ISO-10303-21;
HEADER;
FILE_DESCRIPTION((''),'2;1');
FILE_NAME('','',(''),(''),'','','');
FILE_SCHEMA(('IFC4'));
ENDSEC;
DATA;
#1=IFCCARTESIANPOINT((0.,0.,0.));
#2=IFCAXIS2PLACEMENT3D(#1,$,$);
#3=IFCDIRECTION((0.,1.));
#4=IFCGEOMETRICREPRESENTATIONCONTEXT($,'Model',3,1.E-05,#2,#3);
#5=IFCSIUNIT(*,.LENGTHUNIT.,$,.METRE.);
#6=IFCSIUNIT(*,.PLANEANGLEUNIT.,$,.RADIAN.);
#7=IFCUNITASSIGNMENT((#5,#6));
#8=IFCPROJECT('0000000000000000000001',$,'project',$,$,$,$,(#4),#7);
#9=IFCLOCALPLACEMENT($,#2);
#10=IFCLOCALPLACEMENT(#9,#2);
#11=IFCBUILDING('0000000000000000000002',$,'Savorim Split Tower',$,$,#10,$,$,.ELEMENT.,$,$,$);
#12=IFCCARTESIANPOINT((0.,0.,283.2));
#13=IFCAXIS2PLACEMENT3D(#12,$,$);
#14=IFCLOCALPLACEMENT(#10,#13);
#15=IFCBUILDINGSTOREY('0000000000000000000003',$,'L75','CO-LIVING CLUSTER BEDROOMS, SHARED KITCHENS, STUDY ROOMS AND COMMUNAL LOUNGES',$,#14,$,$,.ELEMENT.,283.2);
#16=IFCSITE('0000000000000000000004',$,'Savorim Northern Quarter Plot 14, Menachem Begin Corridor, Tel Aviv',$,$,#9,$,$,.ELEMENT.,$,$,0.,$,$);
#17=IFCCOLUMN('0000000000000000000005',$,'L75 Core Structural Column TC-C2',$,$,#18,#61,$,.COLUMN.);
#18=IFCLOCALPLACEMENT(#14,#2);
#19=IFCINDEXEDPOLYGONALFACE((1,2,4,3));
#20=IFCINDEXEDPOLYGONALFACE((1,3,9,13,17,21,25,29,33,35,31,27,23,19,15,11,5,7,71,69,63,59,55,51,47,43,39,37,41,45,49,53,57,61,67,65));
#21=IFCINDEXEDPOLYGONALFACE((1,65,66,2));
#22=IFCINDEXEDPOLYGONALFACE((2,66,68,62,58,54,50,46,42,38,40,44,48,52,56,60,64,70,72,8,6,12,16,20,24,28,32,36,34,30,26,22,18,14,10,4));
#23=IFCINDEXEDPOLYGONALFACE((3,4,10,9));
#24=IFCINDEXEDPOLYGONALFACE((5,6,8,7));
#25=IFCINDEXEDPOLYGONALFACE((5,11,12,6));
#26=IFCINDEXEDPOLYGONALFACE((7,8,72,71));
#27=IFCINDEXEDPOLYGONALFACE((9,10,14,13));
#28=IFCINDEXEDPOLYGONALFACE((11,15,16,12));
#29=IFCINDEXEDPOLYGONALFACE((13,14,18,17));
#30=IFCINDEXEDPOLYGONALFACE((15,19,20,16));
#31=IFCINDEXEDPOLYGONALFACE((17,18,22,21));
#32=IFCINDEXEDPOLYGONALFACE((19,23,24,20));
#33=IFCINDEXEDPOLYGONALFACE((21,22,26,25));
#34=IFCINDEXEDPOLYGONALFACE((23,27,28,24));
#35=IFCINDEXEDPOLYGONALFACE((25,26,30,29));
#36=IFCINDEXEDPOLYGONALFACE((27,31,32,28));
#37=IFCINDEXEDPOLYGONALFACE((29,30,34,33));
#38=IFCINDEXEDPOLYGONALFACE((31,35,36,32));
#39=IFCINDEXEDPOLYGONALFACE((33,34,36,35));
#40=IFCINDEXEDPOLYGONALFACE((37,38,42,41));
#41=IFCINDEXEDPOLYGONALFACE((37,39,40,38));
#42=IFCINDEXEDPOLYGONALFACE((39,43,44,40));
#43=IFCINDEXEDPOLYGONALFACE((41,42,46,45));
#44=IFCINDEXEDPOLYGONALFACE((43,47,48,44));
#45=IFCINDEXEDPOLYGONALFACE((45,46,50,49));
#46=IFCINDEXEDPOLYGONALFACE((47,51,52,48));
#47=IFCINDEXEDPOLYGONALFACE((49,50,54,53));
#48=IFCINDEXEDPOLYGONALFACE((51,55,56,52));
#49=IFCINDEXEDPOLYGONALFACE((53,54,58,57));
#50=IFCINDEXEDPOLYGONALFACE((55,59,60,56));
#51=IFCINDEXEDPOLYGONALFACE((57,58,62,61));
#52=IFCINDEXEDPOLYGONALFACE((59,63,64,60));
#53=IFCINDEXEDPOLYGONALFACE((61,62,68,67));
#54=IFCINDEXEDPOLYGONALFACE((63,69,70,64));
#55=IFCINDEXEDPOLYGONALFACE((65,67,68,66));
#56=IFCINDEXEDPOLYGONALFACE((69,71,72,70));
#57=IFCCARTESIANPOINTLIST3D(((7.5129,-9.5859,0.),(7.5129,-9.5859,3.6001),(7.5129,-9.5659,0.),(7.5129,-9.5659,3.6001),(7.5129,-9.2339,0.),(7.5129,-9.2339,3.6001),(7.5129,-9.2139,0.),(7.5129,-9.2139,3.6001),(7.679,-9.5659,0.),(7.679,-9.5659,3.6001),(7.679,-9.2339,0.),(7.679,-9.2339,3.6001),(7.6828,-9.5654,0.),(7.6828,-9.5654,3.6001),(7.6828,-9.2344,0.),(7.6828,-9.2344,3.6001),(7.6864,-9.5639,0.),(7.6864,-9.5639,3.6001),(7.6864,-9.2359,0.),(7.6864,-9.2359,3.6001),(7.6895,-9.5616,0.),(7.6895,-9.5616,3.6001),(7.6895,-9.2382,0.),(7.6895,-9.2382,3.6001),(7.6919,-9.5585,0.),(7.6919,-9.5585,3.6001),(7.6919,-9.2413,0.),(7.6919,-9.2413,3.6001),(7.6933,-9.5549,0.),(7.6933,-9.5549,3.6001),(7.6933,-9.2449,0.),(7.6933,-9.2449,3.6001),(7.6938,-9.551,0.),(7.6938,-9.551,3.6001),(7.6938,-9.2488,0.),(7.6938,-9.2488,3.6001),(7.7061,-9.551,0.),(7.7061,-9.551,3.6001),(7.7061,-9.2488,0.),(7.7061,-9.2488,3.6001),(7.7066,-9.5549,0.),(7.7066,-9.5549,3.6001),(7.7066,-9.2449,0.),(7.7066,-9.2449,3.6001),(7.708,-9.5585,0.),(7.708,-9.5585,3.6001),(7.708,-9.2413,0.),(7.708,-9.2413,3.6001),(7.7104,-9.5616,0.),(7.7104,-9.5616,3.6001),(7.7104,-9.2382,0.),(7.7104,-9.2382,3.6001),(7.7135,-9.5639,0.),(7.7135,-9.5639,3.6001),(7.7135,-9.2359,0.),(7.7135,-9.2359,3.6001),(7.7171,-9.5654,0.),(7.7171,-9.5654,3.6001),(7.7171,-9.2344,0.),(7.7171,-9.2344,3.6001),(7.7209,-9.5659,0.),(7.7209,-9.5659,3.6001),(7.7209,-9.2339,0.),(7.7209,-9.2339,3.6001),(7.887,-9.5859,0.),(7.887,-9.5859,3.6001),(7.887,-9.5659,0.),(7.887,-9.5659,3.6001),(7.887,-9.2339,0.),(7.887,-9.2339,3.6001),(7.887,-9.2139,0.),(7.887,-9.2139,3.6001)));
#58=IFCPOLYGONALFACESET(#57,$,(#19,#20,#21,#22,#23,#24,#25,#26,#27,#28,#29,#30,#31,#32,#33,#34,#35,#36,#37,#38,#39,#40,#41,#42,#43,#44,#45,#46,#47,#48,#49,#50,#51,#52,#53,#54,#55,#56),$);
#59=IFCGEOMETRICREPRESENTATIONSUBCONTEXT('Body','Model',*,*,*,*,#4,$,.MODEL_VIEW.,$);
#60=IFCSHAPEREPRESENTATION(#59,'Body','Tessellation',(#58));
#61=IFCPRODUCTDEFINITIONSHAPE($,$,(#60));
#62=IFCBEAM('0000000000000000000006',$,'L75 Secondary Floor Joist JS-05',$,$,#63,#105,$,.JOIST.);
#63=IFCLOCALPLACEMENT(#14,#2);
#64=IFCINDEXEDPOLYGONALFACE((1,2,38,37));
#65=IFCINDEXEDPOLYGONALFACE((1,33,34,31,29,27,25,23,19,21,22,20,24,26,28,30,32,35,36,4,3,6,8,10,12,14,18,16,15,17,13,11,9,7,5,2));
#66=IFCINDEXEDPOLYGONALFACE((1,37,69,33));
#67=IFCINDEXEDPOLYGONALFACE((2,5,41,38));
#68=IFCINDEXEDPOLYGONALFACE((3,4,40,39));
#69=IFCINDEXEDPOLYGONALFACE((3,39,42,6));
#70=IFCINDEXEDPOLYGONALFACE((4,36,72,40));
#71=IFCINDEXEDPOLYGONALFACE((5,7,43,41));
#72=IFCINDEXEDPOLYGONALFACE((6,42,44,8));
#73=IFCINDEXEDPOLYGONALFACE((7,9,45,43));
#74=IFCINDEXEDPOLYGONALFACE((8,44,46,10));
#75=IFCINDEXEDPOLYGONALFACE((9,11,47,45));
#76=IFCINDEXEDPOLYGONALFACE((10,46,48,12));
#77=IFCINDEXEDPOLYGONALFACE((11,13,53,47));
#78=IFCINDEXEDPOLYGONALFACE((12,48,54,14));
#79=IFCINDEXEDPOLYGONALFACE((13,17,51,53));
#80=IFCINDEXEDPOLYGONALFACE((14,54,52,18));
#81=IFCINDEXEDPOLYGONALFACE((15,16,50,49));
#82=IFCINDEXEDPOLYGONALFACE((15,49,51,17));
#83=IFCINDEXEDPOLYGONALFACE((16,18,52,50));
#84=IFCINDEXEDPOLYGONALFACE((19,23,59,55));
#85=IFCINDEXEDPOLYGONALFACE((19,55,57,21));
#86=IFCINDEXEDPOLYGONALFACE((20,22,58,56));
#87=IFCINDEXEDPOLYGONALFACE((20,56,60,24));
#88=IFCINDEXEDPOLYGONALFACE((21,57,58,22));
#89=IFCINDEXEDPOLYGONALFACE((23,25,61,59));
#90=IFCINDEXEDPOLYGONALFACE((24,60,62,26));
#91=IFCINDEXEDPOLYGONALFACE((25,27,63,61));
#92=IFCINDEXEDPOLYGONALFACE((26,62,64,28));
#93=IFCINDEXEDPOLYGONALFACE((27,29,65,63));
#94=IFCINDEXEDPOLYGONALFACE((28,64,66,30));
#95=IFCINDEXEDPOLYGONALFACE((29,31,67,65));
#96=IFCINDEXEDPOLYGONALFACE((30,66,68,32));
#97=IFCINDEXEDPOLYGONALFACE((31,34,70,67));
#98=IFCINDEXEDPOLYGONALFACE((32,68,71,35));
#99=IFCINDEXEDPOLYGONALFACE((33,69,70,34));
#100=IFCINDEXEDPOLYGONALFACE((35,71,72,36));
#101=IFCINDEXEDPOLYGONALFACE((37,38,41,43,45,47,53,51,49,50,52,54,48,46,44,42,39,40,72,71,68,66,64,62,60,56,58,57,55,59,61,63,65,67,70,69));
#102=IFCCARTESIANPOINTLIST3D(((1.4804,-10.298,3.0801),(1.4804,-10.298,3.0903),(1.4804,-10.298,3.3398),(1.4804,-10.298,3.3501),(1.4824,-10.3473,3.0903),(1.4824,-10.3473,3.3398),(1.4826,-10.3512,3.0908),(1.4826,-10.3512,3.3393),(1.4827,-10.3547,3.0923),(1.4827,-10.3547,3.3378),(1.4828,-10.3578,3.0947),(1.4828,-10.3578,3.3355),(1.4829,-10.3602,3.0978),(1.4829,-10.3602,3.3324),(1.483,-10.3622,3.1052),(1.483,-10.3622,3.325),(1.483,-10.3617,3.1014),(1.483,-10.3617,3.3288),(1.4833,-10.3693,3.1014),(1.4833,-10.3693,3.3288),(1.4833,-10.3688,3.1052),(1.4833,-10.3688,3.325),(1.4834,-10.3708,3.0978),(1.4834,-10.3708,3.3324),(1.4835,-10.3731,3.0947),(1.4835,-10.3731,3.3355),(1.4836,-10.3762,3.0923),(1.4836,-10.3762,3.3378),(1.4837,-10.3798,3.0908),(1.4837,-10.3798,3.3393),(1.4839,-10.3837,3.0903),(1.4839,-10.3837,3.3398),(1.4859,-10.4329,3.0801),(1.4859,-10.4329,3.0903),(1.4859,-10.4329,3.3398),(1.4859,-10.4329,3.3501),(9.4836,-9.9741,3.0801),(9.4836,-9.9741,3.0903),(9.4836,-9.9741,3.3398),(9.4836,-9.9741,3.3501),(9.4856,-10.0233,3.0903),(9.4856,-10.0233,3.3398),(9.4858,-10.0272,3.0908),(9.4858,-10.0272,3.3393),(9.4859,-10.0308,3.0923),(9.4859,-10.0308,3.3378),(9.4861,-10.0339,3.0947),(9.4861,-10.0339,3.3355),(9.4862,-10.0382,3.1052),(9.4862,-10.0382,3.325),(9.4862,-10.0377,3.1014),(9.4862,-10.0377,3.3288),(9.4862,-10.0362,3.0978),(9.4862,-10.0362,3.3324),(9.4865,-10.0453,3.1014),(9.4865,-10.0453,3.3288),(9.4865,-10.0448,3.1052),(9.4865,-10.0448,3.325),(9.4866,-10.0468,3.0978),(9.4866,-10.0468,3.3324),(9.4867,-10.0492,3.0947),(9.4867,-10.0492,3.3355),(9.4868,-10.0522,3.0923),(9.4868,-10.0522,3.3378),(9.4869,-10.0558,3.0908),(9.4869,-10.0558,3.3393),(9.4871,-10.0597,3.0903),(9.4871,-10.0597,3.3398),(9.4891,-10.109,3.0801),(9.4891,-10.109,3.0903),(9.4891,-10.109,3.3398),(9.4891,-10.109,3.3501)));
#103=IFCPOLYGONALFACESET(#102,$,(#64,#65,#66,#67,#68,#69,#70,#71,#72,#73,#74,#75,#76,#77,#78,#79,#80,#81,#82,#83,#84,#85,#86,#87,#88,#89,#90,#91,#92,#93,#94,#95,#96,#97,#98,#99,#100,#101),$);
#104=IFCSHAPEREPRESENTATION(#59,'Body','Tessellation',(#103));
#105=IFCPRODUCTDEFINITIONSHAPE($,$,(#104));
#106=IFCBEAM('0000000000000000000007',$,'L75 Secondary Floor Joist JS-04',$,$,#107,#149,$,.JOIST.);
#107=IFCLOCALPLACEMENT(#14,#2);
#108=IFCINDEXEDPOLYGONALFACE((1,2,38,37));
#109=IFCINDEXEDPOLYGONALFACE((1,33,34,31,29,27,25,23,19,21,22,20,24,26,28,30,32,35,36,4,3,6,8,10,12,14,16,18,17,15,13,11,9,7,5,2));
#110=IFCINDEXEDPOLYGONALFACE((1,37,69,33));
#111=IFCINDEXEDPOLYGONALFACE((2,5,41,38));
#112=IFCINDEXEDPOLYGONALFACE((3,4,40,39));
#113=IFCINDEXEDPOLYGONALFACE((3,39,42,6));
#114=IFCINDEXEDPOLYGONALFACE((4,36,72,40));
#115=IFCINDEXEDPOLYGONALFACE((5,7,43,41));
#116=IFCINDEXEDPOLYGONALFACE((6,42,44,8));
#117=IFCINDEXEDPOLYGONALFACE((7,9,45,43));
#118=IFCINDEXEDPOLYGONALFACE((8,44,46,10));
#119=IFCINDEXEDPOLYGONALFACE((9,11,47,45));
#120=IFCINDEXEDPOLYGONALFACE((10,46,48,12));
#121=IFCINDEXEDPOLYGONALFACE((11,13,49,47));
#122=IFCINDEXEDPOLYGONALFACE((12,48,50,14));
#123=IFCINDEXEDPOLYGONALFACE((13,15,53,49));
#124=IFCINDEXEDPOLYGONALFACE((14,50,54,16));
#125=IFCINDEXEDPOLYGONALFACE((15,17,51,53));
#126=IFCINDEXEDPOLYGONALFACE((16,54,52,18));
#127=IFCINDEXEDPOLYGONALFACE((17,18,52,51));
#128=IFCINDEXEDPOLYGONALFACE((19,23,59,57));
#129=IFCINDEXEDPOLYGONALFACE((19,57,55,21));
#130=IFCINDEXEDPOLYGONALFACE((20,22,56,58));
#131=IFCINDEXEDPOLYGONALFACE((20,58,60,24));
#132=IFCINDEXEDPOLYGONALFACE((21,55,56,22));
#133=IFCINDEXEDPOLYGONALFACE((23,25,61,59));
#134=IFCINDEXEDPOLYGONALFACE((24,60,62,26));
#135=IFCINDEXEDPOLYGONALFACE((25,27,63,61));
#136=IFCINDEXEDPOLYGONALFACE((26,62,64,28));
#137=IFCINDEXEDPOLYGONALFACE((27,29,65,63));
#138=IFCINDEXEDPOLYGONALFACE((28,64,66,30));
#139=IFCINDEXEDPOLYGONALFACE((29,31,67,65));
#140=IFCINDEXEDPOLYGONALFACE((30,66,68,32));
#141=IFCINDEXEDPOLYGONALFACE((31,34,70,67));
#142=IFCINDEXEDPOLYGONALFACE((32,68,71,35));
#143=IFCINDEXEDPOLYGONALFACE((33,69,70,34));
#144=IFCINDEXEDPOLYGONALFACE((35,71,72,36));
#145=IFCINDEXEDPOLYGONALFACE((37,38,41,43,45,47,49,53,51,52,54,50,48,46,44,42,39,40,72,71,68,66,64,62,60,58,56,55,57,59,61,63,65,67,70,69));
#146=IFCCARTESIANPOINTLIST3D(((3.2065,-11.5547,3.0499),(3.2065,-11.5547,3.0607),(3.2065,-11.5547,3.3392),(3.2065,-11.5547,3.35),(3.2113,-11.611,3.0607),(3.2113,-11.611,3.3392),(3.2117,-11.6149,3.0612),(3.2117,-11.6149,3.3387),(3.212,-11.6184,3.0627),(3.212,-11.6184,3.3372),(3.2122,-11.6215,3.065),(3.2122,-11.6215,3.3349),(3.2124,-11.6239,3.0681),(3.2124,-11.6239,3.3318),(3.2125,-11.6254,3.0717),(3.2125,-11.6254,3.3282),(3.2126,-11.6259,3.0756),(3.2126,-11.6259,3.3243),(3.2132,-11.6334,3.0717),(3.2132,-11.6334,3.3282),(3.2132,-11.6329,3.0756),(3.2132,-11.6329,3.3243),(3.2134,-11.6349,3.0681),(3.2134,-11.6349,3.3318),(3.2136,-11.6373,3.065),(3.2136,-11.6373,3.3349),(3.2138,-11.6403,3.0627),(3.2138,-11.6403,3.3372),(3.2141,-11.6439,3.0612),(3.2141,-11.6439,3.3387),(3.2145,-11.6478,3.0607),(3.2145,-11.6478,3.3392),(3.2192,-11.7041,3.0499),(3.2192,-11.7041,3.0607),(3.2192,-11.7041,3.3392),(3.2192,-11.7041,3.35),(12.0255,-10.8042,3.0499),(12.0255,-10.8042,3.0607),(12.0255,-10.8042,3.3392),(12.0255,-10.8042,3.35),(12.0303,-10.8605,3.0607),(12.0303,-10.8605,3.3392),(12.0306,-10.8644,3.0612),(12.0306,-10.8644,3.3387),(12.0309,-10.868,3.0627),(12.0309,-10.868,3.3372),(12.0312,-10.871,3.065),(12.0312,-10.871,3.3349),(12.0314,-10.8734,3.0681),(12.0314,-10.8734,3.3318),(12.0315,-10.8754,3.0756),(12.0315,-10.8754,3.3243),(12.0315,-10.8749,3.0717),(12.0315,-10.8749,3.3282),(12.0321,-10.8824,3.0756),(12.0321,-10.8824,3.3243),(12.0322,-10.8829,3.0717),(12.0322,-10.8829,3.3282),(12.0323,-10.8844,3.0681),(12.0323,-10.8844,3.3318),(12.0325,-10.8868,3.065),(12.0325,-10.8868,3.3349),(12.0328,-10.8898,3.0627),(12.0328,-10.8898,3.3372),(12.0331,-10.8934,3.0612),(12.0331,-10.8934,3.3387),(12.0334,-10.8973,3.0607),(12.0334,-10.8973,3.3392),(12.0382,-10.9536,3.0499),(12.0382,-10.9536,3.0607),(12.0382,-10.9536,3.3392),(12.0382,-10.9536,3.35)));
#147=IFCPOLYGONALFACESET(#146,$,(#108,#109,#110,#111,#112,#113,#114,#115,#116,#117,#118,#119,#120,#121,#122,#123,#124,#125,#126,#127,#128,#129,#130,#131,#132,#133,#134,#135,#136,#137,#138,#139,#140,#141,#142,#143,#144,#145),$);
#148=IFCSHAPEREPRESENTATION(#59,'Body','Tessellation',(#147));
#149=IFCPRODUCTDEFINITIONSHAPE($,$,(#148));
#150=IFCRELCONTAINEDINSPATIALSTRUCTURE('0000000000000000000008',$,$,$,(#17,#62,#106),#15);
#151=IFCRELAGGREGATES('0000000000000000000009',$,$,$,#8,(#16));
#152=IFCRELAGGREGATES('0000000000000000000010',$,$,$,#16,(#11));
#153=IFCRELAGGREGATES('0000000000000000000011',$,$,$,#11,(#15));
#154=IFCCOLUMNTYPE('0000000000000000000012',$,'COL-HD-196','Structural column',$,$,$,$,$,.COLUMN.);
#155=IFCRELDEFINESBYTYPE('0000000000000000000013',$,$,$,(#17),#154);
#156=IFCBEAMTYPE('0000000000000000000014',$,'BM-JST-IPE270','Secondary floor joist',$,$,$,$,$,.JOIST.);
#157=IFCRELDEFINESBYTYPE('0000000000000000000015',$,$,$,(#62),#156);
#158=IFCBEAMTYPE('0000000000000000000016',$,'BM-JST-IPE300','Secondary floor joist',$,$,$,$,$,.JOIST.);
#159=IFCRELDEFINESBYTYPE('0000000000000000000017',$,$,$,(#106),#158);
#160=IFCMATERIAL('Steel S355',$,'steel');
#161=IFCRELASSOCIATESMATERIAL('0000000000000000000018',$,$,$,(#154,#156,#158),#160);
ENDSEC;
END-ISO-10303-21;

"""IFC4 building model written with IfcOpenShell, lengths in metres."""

from ifc_helpers import new_model, si_unit, direction, frame, origin, origin_2d, place, context, subcontext, project, spatial, i_section, extrude, material, material_profile, profile_set, type_object, element, save


model = new_model("IFC4")

# Units and contexts
model_context = context("Model", 3, precision=1e-05, world=origin(), true_north=direction((0.0, 1.0)))
body_context = subcontext(model_context, "Body", "Model", "MODEL_VIEW")
ifc_project = project(units=[si_unit("LENGTHUNIT", "METRE"), si_unit("PLANEANGLEUNIT", "RADIAN")], contexts=[model_context])

# Site, building, storey
site_placement = place(None, origin())
site = spatial("IfcSite", under=ifc_project, at=site_placement, Name="Savorim Northern Quarter Plot 14, Menachem Begin Corridor, Tel Aviv", CompositionType="ELEMENT", RefElevation=0.0)
building_placement = place(site_placement, origin())
building = spatial("IfcBuilding", under=site, at=building_placement, Name="Savorim Split Tower", CompositionType="ELEMENT")
storey_placement = place(building_placement, frame((0.0, 0.0, 283.2)))
storey = spatial("IfcBuildingStorey", under=building, at=storey_placement, Name="L75", Description="CO-LIVING CLUSTER BEDROOMS, SHARED KITCHENS, STUDY ROOMS AND COMMUNAL LOUNGES", CompositionType="ELEMENT", Elevation=283.2)

# Column
ifc_material_1 = material(Name="Steel S355", Category="steel")
ifc_material_profile_1 = material_profile(ifc_material_1, i_section(OverallWidth=0.374, OverallDepth=0.3721, WebThickness=0.0122, FlangeThickness=0.02, FilletRadius=0.0149, at=origin_2d()), Name="HD 360x196")
ifc_profile_set_1 = profile_set([ifc_material_profile_1], Name="Steel S355")
column_type = type_object("IfcColumnType", Name="COL-HD-196", Description="Structural column", PredefinedType="COLUMN", material=ifc_profile_set_1)
column_placement = place(storey_placement, frame((7.7, -9.3999, 0.0), z_axis=(0.0, 0.0, 1.0), x_axis=(1.0, 0.0, 0.0)))
element("IfcColumn", 1, at=column_placement, inside=storey, type_object=column_type, Name="L75 Core Structural Column TC-C2", PredefinedType="COLUMN", context=body_context, shape_type="SweptSolid", body=[
    extrude(i_section(OverallWidth=0.374, OverallDepth=0.3721, WebThickness=0.0122, FlangeThickness=0.02, FilletRadius=0.0149, at=origin_2d()), origin(), (0.0, 0.0, 1.0), 3.6001),
])

# Beams
ifc_material_profile_2 = material_profile(ifc_material_1, i_section(OverallWidth=0.135, OverallDepth=0.27, WebThickness=0.0066, FlangeThickness=0.0103, FilletRadius=0.0149, at=origin_2d()), Name="IPE 270")
ifc_profile_set_2 = profile_set([ifc_material_profile_2], Name="Steel S355")
beam_type_1 = type_object("IfcBeamType", Name="BM-JST-IPE270", Description="Secondary floor joist", PredefinedType="JOIST", material=ifc_profile_set_2)
beam_1_placement = place(storey_placement, frame((1.4832, -10.3655, 3.2151), z_axis=(0.999182, 0.040448, 0.0), x_axis=(-0.040448, 0.999182, 0.0)))
element("IfcBeam", 2, at=beam_1_placement, inside=storey, type_object=beam_type_1, Name="L75 Secondary Floor Joist JS-05", PredefinedType="JOIST", context=body_context, shape_type="SweptSolid", body=[
    extrude(i_section(OverallWidth=0.135, OverallDepth=0.27, WebThickness=0.0066, FlangeThickness=0.0103, FilletRadius=0.0149, at=origin_2d()), origin(), (0.0, 0.0, 1.0), 8.0098),
])
ifc_material_profile_3 = material_profile(ifc_material_1, i_section(OverallWidth=0.1499, OverallDepth=0.3, WebThickness=0.0071, FlangeThickness=0.0107, FilletRadius=0.0149, at=origin_2d()), Name="IPE 300")
ifc_profile_set_3 = profile_set([ifc_material_profile_3], Name="Steel S355")
beam_type_2 = type_object("IfcBeamType", Name="BM-JST-IPE300", Description="Secondary floor joist", PredefinedType="JOIST", material=ifc_profile_set_3)
beam_2_placement = place(storey_placement, frame((3.2129, -11.6294, 3.2), z_axis=(0.996399, 0.084794, 0.0), x_axis=(-0.084794, 0.996399, 0.0)))
element("IfcBeam", 3, at=beam_2_placement, inside=storey, type_object=beam_type_2, Name="L75 Secondary Floor Joist JS-04", PredefinedType="JOIST", context=body_context, shape_type="SweptSolid", body=[
    extrude(i_section(OverallWidth=0.1499, OverallDepth=0.3, WebThickness=0.0071, FlangeThickness=0.0107, FilletRadius=0.0149, at=origin_2d()), origin(), (0.0, 0.0, 1.0), 8.8508),
])

save(model, "model.ifc")
